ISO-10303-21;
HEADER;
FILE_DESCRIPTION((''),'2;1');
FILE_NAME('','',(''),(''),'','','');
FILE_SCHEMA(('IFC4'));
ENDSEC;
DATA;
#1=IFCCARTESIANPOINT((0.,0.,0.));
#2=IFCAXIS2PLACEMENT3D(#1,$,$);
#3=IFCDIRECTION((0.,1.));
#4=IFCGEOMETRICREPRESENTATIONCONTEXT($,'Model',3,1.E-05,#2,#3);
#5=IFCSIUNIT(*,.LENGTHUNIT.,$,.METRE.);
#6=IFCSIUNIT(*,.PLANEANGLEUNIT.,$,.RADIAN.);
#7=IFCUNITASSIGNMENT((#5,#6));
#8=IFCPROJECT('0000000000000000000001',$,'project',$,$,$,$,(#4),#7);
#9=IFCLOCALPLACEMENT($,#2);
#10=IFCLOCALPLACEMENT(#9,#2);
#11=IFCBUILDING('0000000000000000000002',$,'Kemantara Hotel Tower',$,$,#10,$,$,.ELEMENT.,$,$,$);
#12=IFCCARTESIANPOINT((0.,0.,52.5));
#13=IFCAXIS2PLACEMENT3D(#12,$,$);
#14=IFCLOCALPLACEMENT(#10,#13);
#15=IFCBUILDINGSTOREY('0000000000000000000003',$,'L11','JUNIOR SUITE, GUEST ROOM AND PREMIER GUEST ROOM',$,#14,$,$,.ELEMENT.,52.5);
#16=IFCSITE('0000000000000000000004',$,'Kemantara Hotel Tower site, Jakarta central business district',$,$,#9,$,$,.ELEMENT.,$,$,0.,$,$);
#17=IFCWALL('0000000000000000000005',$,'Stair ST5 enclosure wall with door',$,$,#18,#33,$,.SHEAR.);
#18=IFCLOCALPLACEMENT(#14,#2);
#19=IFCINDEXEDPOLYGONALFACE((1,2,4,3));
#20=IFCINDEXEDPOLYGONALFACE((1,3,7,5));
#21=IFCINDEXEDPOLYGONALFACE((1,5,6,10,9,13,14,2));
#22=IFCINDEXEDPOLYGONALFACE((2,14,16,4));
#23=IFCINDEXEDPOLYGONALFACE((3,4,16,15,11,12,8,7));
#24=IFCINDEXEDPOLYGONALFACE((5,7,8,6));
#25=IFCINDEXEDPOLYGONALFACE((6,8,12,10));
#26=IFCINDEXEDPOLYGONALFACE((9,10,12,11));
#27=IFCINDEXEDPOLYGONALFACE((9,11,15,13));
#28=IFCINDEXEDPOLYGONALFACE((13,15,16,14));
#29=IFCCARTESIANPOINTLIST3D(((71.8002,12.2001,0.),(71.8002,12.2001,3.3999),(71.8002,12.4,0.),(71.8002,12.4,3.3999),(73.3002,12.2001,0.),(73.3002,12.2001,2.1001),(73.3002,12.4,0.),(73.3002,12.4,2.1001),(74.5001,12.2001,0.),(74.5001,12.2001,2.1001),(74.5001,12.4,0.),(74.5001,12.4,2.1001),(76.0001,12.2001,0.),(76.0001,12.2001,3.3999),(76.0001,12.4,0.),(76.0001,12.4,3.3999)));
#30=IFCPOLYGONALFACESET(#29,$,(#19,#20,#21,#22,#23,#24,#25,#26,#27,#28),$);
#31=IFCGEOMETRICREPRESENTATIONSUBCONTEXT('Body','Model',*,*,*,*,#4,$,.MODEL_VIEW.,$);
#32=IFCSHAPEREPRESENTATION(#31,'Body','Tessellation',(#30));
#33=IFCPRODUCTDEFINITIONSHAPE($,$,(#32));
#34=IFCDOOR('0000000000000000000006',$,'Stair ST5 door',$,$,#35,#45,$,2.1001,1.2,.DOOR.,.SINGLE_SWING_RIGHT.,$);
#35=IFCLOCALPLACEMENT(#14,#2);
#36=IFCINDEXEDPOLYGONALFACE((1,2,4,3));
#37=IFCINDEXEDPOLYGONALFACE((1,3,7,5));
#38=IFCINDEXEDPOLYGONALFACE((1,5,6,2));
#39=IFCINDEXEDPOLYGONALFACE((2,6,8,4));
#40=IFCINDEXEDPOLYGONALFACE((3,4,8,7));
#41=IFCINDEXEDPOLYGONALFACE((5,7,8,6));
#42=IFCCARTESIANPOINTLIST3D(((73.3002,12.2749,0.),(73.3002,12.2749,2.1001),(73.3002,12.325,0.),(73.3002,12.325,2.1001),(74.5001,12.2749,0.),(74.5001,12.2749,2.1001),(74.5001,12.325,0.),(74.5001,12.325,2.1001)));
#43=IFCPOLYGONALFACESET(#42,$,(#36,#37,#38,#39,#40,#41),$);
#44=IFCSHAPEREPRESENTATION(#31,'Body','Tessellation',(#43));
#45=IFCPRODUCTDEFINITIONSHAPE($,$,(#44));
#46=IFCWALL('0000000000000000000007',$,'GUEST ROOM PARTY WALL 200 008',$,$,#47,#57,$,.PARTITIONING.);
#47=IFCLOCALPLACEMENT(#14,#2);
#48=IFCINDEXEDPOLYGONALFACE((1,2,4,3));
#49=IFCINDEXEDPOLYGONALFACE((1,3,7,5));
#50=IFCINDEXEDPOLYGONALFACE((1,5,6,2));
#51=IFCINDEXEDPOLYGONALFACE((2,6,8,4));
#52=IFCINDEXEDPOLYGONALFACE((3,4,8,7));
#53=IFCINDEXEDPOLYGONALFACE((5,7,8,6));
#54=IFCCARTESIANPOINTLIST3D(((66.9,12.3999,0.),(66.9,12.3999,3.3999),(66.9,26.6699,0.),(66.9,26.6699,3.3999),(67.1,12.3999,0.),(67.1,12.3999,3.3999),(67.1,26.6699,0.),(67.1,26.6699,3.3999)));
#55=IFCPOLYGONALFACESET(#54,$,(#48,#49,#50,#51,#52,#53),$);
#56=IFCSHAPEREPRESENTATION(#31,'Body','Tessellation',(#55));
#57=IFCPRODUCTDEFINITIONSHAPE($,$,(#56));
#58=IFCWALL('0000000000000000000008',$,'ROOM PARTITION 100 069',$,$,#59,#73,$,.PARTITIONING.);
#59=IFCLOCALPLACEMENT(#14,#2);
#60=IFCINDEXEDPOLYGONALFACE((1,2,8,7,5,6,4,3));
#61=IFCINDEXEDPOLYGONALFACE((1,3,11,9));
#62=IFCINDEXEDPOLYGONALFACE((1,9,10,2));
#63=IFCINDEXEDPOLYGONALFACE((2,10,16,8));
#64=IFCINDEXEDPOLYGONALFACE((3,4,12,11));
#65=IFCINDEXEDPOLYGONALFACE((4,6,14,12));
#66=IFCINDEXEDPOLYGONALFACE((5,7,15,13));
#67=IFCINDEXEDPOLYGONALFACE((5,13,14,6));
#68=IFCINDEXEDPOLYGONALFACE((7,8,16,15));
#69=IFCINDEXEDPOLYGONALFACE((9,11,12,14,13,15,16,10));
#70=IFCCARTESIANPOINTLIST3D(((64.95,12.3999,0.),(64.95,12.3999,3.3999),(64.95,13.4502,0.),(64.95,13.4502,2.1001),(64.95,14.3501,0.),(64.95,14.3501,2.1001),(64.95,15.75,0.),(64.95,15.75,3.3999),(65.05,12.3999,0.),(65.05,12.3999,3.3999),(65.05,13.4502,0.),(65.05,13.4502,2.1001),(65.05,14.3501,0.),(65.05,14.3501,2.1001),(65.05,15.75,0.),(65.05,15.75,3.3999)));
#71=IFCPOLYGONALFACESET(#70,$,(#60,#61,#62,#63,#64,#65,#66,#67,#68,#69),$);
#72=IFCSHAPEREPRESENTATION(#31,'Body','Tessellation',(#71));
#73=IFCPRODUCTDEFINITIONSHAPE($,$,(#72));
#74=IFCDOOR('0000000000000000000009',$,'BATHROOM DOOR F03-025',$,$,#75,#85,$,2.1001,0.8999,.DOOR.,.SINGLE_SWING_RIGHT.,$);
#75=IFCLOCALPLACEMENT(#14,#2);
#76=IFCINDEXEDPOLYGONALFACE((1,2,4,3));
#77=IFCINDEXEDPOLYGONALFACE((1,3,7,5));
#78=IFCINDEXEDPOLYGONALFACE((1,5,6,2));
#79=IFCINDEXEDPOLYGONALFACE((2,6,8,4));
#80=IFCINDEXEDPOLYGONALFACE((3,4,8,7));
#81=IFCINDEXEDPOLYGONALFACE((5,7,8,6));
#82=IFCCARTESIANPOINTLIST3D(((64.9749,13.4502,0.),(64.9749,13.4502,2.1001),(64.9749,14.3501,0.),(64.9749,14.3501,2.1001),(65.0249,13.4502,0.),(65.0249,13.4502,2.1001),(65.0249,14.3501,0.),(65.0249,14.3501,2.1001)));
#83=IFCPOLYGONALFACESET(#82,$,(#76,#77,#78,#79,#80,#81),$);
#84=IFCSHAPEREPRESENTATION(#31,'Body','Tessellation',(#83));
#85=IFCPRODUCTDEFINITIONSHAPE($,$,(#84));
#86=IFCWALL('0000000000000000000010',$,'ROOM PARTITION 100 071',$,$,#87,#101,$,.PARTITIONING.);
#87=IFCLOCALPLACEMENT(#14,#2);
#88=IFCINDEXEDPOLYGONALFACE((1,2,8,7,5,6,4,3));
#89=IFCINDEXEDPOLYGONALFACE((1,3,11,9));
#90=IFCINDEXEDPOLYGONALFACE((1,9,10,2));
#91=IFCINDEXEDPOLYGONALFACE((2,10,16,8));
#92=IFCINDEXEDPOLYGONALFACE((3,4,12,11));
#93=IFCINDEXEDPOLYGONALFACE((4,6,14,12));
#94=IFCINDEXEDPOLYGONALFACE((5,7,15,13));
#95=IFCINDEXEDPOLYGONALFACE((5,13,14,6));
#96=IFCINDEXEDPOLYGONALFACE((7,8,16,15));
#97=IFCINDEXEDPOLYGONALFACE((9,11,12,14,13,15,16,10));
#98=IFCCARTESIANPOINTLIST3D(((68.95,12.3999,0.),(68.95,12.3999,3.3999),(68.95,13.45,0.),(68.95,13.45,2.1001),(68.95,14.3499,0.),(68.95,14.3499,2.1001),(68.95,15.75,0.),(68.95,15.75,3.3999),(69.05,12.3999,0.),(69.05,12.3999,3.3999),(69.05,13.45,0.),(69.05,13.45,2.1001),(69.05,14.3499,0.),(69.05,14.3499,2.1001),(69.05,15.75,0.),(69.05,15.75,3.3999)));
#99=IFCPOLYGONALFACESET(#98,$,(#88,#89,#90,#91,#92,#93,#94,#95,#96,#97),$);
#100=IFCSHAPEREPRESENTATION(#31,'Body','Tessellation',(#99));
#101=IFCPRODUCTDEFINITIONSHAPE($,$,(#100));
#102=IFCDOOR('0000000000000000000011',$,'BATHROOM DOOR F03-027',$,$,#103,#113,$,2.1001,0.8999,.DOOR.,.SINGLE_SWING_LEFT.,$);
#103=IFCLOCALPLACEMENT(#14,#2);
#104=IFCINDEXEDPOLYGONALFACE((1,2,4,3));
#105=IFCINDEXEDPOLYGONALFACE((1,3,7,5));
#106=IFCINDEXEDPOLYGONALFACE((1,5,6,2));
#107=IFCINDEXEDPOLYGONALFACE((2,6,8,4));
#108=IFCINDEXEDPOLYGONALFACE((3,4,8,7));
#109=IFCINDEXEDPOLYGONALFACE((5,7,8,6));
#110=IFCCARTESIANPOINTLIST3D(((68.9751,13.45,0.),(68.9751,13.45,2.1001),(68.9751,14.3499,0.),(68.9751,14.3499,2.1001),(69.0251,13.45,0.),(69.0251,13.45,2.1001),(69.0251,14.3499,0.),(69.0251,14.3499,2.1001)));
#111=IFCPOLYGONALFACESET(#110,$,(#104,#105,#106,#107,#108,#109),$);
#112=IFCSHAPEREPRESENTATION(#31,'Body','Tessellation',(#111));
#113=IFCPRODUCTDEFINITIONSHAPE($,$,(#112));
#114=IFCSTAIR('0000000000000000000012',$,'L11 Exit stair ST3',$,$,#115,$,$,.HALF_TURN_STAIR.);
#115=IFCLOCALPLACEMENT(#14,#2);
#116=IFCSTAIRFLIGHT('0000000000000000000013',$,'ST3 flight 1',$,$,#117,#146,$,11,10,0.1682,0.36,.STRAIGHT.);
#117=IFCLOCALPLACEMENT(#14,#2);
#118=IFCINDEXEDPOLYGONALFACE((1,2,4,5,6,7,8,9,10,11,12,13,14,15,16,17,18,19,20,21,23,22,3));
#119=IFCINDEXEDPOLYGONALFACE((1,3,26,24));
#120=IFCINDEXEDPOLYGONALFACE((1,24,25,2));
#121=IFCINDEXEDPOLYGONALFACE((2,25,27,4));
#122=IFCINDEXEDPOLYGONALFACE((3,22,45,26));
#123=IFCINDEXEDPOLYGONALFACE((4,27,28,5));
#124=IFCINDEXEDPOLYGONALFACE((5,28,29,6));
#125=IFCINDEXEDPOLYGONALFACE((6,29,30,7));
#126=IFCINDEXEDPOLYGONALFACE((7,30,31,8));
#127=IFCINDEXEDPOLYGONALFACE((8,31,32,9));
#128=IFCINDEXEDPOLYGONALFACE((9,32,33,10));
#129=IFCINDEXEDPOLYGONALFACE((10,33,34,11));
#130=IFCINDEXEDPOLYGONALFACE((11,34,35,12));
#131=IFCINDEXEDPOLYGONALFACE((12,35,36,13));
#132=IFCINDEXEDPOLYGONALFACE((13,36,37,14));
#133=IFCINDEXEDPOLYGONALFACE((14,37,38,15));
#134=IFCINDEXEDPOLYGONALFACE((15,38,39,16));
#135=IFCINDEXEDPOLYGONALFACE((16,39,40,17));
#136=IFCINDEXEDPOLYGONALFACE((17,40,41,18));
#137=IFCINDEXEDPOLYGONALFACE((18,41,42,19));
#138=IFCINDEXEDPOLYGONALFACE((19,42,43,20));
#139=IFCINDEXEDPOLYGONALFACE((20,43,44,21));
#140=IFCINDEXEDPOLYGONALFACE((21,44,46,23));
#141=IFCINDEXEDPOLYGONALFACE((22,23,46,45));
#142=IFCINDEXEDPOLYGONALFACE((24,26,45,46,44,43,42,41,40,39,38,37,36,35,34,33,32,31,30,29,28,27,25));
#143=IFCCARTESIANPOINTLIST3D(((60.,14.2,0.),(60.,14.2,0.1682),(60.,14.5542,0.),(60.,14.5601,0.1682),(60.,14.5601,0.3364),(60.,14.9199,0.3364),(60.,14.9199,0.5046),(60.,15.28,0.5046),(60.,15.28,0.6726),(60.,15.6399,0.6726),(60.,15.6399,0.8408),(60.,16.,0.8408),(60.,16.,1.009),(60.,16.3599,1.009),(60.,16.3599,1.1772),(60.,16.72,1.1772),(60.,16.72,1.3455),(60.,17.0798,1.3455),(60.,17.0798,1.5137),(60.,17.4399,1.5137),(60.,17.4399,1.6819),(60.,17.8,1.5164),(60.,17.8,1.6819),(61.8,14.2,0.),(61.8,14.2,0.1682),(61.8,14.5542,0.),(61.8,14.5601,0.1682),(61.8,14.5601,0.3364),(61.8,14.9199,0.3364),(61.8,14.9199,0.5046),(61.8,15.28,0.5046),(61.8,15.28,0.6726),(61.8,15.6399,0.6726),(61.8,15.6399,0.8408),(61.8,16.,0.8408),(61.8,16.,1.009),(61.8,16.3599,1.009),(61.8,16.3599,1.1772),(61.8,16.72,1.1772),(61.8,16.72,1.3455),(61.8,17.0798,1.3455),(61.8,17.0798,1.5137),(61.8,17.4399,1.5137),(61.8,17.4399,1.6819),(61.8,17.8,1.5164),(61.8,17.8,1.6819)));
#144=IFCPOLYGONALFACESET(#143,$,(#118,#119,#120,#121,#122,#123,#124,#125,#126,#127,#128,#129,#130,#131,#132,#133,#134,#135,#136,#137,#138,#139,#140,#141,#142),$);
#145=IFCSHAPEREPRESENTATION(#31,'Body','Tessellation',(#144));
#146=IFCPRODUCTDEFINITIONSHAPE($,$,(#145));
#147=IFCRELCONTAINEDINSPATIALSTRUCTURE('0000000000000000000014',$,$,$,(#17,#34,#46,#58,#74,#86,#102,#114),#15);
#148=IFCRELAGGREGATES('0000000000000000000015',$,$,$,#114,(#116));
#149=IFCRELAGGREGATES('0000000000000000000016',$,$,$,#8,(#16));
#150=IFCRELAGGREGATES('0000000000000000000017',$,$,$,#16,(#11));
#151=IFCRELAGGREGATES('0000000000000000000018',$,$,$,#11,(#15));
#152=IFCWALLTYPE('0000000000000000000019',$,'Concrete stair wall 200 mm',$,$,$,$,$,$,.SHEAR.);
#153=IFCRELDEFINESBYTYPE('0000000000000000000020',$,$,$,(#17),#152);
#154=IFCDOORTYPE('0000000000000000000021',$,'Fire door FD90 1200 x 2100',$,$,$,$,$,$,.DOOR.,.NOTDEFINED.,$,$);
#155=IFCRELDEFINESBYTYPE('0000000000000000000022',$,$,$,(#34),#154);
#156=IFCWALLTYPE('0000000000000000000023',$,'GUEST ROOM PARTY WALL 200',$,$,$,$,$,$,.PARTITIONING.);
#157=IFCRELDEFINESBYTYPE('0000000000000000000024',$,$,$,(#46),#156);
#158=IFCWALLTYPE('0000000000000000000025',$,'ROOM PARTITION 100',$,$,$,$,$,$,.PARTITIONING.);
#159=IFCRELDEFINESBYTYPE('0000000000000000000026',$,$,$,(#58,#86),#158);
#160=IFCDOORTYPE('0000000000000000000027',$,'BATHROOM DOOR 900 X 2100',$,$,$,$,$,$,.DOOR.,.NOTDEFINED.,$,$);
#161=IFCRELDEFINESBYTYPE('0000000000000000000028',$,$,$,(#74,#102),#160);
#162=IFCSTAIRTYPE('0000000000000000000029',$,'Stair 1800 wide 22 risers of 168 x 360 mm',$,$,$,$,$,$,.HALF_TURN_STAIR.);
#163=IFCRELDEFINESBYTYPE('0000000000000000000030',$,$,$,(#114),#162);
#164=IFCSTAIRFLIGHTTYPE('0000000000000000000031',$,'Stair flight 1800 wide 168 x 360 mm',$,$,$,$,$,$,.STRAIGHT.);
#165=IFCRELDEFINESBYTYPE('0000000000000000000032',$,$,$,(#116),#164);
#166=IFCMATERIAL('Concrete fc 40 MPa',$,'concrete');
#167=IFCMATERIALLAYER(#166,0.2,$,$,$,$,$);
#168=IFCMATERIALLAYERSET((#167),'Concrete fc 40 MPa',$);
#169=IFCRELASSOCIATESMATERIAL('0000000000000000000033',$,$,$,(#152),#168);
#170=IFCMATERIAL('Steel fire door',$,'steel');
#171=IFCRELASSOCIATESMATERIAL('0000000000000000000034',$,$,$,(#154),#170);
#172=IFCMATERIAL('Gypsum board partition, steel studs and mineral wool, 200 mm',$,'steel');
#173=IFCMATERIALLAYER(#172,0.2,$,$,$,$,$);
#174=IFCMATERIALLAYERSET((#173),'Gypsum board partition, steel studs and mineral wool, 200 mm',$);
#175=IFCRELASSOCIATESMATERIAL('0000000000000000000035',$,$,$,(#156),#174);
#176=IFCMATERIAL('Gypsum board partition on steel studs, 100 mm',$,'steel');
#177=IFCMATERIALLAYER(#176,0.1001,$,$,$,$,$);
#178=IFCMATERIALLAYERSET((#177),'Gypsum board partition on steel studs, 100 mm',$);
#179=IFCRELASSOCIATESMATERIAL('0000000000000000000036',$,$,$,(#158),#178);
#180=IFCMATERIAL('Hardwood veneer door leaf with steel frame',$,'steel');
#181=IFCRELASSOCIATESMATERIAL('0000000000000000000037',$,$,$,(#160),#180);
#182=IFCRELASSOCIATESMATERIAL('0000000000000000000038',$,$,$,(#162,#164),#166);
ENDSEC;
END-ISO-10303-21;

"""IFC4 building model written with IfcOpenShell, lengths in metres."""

from ifc_helpers import new_model, si_unit, direction, frame, frame_2d, origin, place, context, subcontext, project, spatial, polyline, rectangle, outline, extrude, material, layer, layer_set, type_object, element, fill, aggregate, save


model = new_model("IFC4")

# Units and contexts
model_context = context("Model", 3, precision=1e-05, world=origin(), true_north=direction((0.0, 1.0)))
body_context = subcontext(model_context, "Body", "Model", "MODEL_VIEW")
ifc_project = project(units=[si_unit("LENGTHUNIT", "METRE"), si_unit("PLANEANGLEUNIT", "RADIAN")], contexts=[model_context])

# Site, building, storey
site_placement = place(None, origin())
site = spatial("IfcSite", under=ifc_project, at=site_placement, Name="Kemantara Hotel Tower site, Jakarta central business district", CompositionType="ELEMENT", RefElevation=0.0)
building_placement = place(site_placement, origin())
building = spatial("IfcBuilding", under=site, at=building_placement, Name="Kemantara Hotel Tower", CompositionType="ELEMENT")
storey_placement = place(building_placement, frame((0.0, 0.0, 52.5)))
storey = spatial("IfcBuildingStorey", under=building, at=storey_placement, Name="L11", Description="JUNIOR SUITE, GUEST ROOM AND PREMIER GUEST ROOM", CompositionType="ELEMENT", Elevation=52.5)

# Shared definitions
ifc_material_1 = material(Name="Gypsum board partition, steel studs and mineral wool, 200 mm", Category="steel")
ifc_material_2 = material(Name="Hardwood veneer door leaf with steel frame", Category="steel")

# Shared definitions
ifc_material_3 = material(Name="Concrete fc 40 MPa", Category="concrete")
ifc_layer_1 = layer(ifc_material_3, 0.2)
ifc_layer_set_1 = layer_set([ifc_layer_1], Name="Concrete fc 40 MPa")
wall_type_1 = type_object("IfcWallType", Name="Concrete stair wall 200 mm", PredefinedType="SHEAR", material=ifc_layer_set_1)

# Wall, opening, door
wall_1_placement = place(storey_placement, frame((71.8, 12.3, 0.0), z_axis=(0.0, 0.0, 1.0), x_axis=(1.0, 0.0, 0.0)))
wall_1 = element("IfcWall", 1, at=wall_1_placement, inside=storey, type_object=wall_type_1, Name="Stair ST5 enclosure wall with door", PredefinedType="SHEAR", context=body_context, shape_type="SweptSolid", body=[
    extrude(rectangle(XDim=4.2, YDim=0.2, at=frame_2d((2.1001, 0.0))), origin(), (0.0, 0.0, 1.0), 3.3999),
])
opening_1_placement = place(wall_1_placement, frame((1.5, 0.0, 0.0)))
opening_1 = element("IfcOpeningElement", 2, at=opening_1_placement, cuts=wall_1, PredefinedType="OPENING", context=body_context, shape_type="SweptSolid", body=[
    extrude(rectangle(XDim=1.2, YDim=2.1001, at=frame_2d((0.6001, 1.05))), frame((0.0, 0.1099, 0.0), z_axis=(0.0, -1.0, 0.0), x_axis=(1.0, 0.0, 0.0)), (0.0, 0.0, 1.0), 0.22),
])
ifc_material_4 = material(Name="Steel fire door", Category="steel")
door_type_1 = type_object("IfcDoorType", Name="Fire door FD90 1200 x 2100", OperationType="NOTDEFINED", PredefinedType="DOOR", material=ifc_material_4)
door_1_placement = place(opening_1_placement, origin())
door_1 = element("IfcDoor", 3, at=door_1_placement, inside=storey, type_object=door_type_1, Name="Stair ST5 door", OperationType="SINGLE_SWING_RIGHT", OverallHeight=2.1001, OverallWidth=1.2, PredefinedType="DOOR", context=body_context, shape_type="SweptSolid", body=[
    extrude(rectangle(XDim=1.2, YDim=2.1001, at=frame_2d((0.6001, 1.05))), frame((0.0, 0.0249, 0.0), z_axis=(0.0, -1.0, 0.0), x_axis=(1.0, 0.0, 0.0)), (0.0, 0.0, 1.0), 0.05),
])
fill(opening_1, door_1)

# Wall
ifc_layer_2 = layer(ifc_material_1, 0.2)
ifc_layer_set_2 = layer_set([ifc_layer_2], Name="Gypsum board partition, steel studs and mineral wool, 200 mm")
wall_type_2 = type_object("IfcWallType", Name="GUEST ROOM PARTY WALL 200", PredefinedType="PARTITIONING", material=ifc_layer_set_2)
wall_2_placement = place(storey_placement, frame((67.0, 12.3999, 0.0), z_axis=(0.0, 0.0, 1.0), x_axis=(0.0, 1.0, 0.0)))
element("IfcWall", 4, at=wall_2_placement, inside=storey, type_object=wall_type_2, Name="GUEST ROOM PARTY WALL 200 008", PredefinedType="PARTITIONING", context=body_context, shape_type="SweptSolid", body=[
    extrude(rectangle(XDim=14.27, YDim=0.2, at=frame_2d((7.135, 0.0))), origin(), (0.0, 0.0, 1.0), 3.3999),
])

# Walls, openings, doors
ifc_material_5 = material(Name="Gypsum board partition on steel studs, 100 mm", Category="steel")
ifc_layer_3 = layer(ifc_material_5, 0.1001)
ifc_layer_set_3 = layer_set([ifc_layer_3], Name="Gypsum board partition on steel studs, 100 mm")
wall_type_3 = type_object("IfcWallType", Name="ROOM PARTITION 100", PredefinedType="PARTITIONING", material=ifc_layer_set_3)
wall_3_placement = place(storey_placement, frame((65.0, 15.75, 0.0), z_axis=(0.0, 0.0, 1.0), x_axis=(0.0, -1.0, 0.0)))
wall_3 = element("IfcWall", 5, at=wall_3_placement, inside=storey, type_object=wall_type_3, Name="ROOM PARTITION 100 069", PredefinedType="PARTITIONING", context=body_context, shape_type="SweptSolid", body=[
    extrude(rectangle(XDim=3.3501, YDim=0.1001, at=frame_2d((1.675, 0.0))), origin(), (0.0, 0.0, 1.0), 3.3999),
])
opening_2_placement = place(wall_3_placement, frame((1.3999, 0.0, 0.0)))
opening_2 = element("IfcOpeningElement", 6, at=opening_2_placement, cuts=wall_3, PredefinedType="OPENING", context=body_context, shape_type="SweptSolid", body=[
    extrude(rectangle(XDim=0.8999, YDim=2.1001, at=frame_2d((0.45, 1.05))), frame((0.0, 0.0601, 0.0), z_axis=(0.0, -1.0, 0.0), x_axis=(1.0, 0.0, 0.0)), (0.0, 0.0, 1.0), 0.1201),
])
door_type_2 = type_object("IfcDoorType", Name="BATHROOM DOOR 900 X 2100", OperationType="NOTDEFINED", PredefinedType="DOOR", material=ifc_material_2)
door_2_placement = place(opening_2_placement, origin())
door_2 = element("IfcDoor", 7, at=door_2_placement, inside=storey, type_object=door_type_2, Name="BATHROOM DOOR F03-025", OperationType="SINGLE_SWING_RIGHT", OverallHeight=2.1001, OverallWidth=0.8999, PredefinedType="DOOR", context=body_context, shape_type="SweptSolid", body=[
    extrude(rectangle(XDim=0.8999, YDim=2.1001, at=frame_2d((0.45, 1.05))), frame((0.0, 0.0249, 0.0), z_axis=(0.0, -1.0, 0.0), x_axis=(1.0, 0.0, 0.0)), (0.0, 0.0, 1.0), 0.05),
])
fill(opening_2, door_2)
wall_4_placement = place(storey_placement, frame((69.0, 12.3999, 0.0), z_axis=(0.0, 0.0, 1.0), x_axis=(0.0, 1.0, 0.0)))
wall_4 = element("IfcWall", 8, at=wall_4_placement, inside=storey, type_object=wall_type_3, Name="ROOM PARTITION 100 071", PredefinedType="PARTITIONING", context=body_context, shape_type="SweptSolid", body=[
    extrude(rectangle(XDim=3.3501, YDim=0.1001, at=frame_2d((1.675, 0.0))), origin(), (0.0, 0.0, 1.0), 3.3999),
])
opening_3_placement = place(wall_4_placement, frame((1.05, 0.0, 0.0)))
opening_3 = element("IfcOpeningElement", 9, at=opening_3_placement, cuts=wall_4, PredefinedType="OPENING", context=body_context, shape_type="SweptSolid", body=[
    extrude(rectangle(XDim=0.8999, YDim=2.1001, at=frame_2d((0.45, 1.05))), frame((0.0, 0.0601, 0.0), z_axis=(0.0, -1.0, 0.0), x_axis=(1.0, 0.0, 0.0)), (0.0, 0.0, 1.0), 0.1201),
])
door_3_placement = place(opening_3_placement, origin())
door_3 = element("IfcDoor", 10, at=door_3_placement, inside=storey, type_object=door_type_2, Name="BATHROOM DOOR F03-027", OperationType="SINGLE_SWING_LEFT", OverallHeight=2.1001, OverallWidth=0.8999, PredefinedType="DOOR", context=body_context, shape_type="SweptSolid", body=[
    extrude(rectangle(XDim=0.8999, YDim=2.1001, at=frame_2d((0.45, 1.05))), frame((0.0, 0.0249, 0.0), z_axis=(0.0, -1.0, 0.0), x_axis=(1.0, 0.0, 0.0)), (0.0, 0.0, 1.0), 0.05),
])
fill(opening_3, door_3)

# Stair, stair flight
stair_type = type_object("IfcStairType", Name="Stair 1800 wide 22 risers of 168 x 360 mm", PredefinedType="HALF_TURN_STAIR", material=ifc_material_3)
stair_placement = place(storey_placement, origin())
stair = element("IfcStair", 11, at=stair_placement, inside=storey, type_object=stair_type, Name="L11 Exit stair ST3", PredefinedType="HALF_TURN_STAIR")
stair_flight_type = type_object("IfcStairFlightType", Name="Stair flight 1800 wide 168 x 360 mm", PredefinedType="STRAIGHT", material=ifc_material_3)
stair_flight_placement = place(storey_placement, frame((60.8999, 14.2, 0.0), z_axis=(0.0, 0.0, 1.0), x_axis=(0.0, 1.0, 0.0)))
stair_flight = element("IfcStairFlight", 12, at=stair_flight_placement, type_object=stair_flight_type, Name="ST3 flight 1", NumberOfRisers=11, NumberOfTreads=10, PredefinedType="STRAIGHT", RiserHeight=0.1682, TreadLength=0.36, context=body_context, shape_type="SweptSolid", body=[
    extrude(outline(polyline([(0.0, 0.0), (0.0, 0.1682), (0.3601, 0.1682), (0.3601, 0.3364), (0.72, 0.3364), (0.72, 0.5046), (1.0801, 0.5046), (1.0801, 0.6726), (1.4399, 0.6726), (1.4399, 0.8408), (1.8, 0.8408), (1.8, 1.009), (2.1599, 1.009), (2.1599, 1.1772), (2.52, 1.1772), (2.52, 1.3455), (2.8799, 1.3455), (2.8799, 1.5137), (3.24, 1.5137), (3.24, 1.6819), (3.6001, 1.6819), (3.6001, 1.8501), (3.6001, 1.5164), (0.3542, 0.0), (0.0, 0.0)])), frame((0.0, 0.8999, 0.0), z_axis=(0.0, -1.0, 0.0), x_axis=(1.0, 0.0, 0.0)), (0.0, 0.0, 1.0), 1.8),
])
aggregate(stair, [stair_flight])

save(model, "model.ifc")
